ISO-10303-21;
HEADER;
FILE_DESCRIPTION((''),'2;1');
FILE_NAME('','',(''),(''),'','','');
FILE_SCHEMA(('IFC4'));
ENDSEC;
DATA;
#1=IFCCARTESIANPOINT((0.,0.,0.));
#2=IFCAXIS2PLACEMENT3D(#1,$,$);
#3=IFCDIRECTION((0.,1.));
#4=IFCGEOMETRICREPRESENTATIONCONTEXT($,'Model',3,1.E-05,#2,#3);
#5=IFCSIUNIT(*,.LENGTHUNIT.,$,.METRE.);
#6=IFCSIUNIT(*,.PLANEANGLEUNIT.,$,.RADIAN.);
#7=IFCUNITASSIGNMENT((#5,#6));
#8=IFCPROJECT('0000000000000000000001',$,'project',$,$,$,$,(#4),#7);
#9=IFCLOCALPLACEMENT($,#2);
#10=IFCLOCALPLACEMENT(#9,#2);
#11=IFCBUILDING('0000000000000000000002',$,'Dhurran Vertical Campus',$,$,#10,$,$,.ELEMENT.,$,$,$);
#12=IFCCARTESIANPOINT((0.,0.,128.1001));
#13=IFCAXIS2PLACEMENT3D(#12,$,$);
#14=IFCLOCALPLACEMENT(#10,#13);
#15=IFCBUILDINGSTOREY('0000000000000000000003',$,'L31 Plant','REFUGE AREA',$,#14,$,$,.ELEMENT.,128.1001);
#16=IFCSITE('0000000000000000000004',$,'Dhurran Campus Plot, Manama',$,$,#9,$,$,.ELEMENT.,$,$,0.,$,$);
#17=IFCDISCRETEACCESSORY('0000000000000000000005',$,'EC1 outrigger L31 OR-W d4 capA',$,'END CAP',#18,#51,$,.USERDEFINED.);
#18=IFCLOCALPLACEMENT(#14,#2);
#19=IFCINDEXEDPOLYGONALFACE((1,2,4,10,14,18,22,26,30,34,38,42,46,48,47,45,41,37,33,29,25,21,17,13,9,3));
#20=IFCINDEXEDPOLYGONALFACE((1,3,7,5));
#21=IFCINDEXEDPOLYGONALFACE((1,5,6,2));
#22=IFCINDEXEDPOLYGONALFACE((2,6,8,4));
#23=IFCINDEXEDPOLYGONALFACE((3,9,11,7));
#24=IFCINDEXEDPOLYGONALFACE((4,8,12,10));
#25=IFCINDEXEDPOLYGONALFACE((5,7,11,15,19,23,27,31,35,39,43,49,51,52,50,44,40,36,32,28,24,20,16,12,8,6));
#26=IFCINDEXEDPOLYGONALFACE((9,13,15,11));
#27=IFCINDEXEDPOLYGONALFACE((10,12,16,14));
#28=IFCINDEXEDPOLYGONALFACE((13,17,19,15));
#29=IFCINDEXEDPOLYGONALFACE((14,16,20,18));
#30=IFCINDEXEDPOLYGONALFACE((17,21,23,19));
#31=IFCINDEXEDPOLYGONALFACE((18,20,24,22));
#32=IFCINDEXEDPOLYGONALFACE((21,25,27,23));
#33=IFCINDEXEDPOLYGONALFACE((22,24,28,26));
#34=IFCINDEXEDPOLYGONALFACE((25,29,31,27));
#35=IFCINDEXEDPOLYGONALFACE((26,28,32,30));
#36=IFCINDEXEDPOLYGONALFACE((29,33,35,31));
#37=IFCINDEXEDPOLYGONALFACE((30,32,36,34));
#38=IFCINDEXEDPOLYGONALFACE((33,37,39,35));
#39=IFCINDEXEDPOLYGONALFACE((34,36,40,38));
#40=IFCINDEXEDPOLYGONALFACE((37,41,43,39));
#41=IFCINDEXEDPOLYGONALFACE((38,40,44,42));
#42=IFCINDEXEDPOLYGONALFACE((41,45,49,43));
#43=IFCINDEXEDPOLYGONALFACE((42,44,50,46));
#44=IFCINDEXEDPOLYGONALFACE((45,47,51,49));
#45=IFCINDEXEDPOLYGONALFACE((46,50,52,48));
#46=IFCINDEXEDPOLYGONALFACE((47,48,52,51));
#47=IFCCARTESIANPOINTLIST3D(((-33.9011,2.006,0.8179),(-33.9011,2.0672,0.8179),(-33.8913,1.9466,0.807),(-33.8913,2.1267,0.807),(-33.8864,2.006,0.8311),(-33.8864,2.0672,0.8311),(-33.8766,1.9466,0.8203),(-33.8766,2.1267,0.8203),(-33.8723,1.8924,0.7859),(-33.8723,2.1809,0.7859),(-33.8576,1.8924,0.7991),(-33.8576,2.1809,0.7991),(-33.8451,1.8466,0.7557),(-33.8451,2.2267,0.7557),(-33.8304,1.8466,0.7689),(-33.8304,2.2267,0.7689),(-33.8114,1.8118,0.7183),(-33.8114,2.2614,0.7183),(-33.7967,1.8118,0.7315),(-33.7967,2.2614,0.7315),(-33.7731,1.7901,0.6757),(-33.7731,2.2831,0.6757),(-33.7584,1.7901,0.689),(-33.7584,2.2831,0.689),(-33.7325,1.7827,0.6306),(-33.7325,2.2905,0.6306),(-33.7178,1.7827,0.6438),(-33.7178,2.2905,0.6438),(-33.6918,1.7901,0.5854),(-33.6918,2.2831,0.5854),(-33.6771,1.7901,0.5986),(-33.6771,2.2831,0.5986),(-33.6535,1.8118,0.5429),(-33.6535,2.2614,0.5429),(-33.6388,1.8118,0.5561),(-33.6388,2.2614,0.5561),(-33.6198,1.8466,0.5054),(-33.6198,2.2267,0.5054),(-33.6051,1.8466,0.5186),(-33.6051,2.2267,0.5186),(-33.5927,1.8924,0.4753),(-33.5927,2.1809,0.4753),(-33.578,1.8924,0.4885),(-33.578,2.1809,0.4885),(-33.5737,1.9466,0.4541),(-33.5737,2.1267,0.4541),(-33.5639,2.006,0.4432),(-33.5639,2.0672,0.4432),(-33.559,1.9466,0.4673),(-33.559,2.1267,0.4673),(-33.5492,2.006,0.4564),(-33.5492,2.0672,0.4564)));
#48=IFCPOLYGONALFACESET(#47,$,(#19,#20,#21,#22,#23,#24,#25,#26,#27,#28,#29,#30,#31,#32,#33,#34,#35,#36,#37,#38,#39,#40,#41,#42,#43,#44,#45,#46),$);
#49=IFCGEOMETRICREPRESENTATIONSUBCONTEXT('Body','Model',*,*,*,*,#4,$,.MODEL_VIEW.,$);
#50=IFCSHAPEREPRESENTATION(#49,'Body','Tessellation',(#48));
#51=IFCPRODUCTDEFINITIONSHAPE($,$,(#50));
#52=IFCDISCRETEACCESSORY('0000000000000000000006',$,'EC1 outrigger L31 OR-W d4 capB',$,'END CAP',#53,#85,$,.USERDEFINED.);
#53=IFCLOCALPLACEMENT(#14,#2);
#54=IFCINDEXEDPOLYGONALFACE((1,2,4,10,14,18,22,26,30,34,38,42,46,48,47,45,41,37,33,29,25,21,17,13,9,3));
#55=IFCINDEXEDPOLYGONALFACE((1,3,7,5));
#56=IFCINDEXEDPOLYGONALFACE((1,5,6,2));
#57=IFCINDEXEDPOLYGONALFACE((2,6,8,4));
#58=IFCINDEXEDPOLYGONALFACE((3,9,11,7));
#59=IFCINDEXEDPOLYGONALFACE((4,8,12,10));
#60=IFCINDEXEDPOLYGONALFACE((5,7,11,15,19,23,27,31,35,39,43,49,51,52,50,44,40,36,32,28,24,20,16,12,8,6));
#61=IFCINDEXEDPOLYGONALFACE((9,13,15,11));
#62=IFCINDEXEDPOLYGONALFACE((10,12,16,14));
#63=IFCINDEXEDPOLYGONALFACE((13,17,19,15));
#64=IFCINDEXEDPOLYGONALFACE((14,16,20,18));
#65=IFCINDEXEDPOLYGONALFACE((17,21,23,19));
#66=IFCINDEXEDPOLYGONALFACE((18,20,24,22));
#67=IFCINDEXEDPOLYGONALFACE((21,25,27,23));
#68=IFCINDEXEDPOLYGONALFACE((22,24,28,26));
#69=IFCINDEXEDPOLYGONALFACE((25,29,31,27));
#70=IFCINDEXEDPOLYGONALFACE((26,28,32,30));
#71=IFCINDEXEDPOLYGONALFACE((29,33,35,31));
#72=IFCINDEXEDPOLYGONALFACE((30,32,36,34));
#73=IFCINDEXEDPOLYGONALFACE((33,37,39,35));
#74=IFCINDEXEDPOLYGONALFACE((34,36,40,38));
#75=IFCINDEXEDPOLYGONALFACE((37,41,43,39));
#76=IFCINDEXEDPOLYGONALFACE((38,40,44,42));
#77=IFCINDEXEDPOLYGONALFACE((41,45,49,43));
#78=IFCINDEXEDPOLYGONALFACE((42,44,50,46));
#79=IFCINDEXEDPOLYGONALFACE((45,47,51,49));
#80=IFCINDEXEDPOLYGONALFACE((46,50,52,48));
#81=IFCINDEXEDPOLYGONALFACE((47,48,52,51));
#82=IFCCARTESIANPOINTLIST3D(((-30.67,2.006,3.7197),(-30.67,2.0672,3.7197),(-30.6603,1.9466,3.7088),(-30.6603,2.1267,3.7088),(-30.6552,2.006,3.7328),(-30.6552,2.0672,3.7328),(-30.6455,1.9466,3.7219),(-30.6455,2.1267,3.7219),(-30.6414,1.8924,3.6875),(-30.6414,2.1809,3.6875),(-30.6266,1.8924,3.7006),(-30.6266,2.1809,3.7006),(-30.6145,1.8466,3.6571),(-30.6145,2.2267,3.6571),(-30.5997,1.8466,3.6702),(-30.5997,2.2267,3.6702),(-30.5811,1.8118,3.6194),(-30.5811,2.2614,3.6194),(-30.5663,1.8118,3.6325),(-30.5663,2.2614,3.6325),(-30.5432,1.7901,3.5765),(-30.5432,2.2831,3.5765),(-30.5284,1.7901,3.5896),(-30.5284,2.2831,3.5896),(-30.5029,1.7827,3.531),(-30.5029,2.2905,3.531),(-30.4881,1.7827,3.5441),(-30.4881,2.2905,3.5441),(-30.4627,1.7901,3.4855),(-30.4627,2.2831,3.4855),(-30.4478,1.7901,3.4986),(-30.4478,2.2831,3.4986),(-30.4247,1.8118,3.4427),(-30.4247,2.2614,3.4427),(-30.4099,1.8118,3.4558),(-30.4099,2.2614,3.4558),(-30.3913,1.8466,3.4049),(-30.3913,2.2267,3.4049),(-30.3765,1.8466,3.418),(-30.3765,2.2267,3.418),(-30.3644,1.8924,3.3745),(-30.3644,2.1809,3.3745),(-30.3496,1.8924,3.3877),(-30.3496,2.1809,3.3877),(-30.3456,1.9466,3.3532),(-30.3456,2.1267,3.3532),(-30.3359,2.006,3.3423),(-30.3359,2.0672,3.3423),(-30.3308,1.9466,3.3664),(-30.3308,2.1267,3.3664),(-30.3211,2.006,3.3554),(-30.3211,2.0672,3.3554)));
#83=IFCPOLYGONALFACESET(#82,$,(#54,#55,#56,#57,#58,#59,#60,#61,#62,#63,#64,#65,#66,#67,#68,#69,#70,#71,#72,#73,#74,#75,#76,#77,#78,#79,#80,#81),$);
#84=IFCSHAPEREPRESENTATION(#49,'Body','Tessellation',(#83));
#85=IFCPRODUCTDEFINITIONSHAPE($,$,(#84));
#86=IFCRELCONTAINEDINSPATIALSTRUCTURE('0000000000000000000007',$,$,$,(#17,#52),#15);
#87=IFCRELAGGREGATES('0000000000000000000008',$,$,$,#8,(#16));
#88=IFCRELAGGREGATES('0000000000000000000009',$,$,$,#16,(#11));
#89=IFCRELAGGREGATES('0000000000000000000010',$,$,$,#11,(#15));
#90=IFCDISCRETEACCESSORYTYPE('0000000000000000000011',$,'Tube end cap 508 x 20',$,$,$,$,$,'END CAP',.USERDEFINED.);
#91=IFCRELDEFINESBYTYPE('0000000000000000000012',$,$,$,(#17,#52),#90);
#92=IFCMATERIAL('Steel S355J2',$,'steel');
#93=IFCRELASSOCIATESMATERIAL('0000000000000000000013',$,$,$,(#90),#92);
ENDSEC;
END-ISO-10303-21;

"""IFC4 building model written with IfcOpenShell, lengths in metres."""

from ifc_helpers import new_model, si_unit, direction, frame, origin, origin_2d, place, context, subcontext, project, spatial, circle, extrude, material, material_profile, profile_set, type_object, element, save


model = new_model("IFC4")

# Units and contexts
model_context = context("Model", 3, precision=1e-05, world=origin(), true_north=direction((0.0, 1.0)))
body_context = subcontext(model_context, "Body", "Model", "MODEL_VIEW")
ifc_project = project(units=[si_unit("LENGTHUNIT", "METRE"), si_unit("PLANEANGLEUNIT", "RADIAN")], contexts=[model_context])

# Site, building, storey
site_placement = place(None, origin())
site = spatial("IfcSite", under=ifc_project, at=site_placement, Name="Dhurran Campus Plot, Manama", CompositionType="ELEMENT", RefElevation=0.0)
building_placement = place(site_placement, origin())
building = spatial("IfcBuilding", under=site, at=building_placement, Name="Dhurran Vertical Campus", CompositionType="ELEMENT")
storey_placement = place(building_placement, frame((0.0, 0.0, 128.1001)))
storey = spatial("IfcBuildingStorey", under=building, at=storey_placement, Name="L31 Plant", Description="REFUGE AREA", CompositionType="ELEMENT", Elevation=128.1001)

# Discrete accessories
ifc_material_1 = material(Name="Steel S355J2", Category="steel")
ifc_material_profile_1 = material_profile(ifc_material_1, circle(Radius=0.2539, at=origin_2d()), Name="Tube end cap 508 x 20")
ifc_profile_set_1 = profile_set([ifc_material_profile_1], Name="Steel S355J2")
discrete_accessory_type_1 = type_object("IfcDiscreteAccessoryType", Name="Tube end cap 508 x 20", ElementType="END CAP", PredefinedType="USERDEFINED", material=ifc_profile_set_1)
for number, where, z_axis, x_axis, name in (
    (1, (-33.7178, 2.0366, 0.6438), (-0.743294, 0.0, -0.668965), (0.0, -1.0, 0.0), "EC1 outrigger L31 OR-W d4 capA"),
    (2, (-30.5029, 2.0366, 3.531), (0.748762, 0.0, 0.662839), (0.0, 1.0, 0.0), "EC1 outrigger L31 OR-W d4 capB"),
):
    element("IfcDiscreteAccessory", number, at=place(storey_placement, frame(where, z_axis=z_axis, x_axis=x_axis)), inside=storey, type_object=discrete_accessory_type_1, Name=name, ObjectType="END CAP", PredefinedType="USERDEFINED", context=body_context, shape_type="SweptSolid", body=[
        extrude(circle(Radius=0.2539, at=origin_2d()), origin(), (0.0, 0.0, 1.0), 0.0198),
    ])

save(model, "model.ifc")
